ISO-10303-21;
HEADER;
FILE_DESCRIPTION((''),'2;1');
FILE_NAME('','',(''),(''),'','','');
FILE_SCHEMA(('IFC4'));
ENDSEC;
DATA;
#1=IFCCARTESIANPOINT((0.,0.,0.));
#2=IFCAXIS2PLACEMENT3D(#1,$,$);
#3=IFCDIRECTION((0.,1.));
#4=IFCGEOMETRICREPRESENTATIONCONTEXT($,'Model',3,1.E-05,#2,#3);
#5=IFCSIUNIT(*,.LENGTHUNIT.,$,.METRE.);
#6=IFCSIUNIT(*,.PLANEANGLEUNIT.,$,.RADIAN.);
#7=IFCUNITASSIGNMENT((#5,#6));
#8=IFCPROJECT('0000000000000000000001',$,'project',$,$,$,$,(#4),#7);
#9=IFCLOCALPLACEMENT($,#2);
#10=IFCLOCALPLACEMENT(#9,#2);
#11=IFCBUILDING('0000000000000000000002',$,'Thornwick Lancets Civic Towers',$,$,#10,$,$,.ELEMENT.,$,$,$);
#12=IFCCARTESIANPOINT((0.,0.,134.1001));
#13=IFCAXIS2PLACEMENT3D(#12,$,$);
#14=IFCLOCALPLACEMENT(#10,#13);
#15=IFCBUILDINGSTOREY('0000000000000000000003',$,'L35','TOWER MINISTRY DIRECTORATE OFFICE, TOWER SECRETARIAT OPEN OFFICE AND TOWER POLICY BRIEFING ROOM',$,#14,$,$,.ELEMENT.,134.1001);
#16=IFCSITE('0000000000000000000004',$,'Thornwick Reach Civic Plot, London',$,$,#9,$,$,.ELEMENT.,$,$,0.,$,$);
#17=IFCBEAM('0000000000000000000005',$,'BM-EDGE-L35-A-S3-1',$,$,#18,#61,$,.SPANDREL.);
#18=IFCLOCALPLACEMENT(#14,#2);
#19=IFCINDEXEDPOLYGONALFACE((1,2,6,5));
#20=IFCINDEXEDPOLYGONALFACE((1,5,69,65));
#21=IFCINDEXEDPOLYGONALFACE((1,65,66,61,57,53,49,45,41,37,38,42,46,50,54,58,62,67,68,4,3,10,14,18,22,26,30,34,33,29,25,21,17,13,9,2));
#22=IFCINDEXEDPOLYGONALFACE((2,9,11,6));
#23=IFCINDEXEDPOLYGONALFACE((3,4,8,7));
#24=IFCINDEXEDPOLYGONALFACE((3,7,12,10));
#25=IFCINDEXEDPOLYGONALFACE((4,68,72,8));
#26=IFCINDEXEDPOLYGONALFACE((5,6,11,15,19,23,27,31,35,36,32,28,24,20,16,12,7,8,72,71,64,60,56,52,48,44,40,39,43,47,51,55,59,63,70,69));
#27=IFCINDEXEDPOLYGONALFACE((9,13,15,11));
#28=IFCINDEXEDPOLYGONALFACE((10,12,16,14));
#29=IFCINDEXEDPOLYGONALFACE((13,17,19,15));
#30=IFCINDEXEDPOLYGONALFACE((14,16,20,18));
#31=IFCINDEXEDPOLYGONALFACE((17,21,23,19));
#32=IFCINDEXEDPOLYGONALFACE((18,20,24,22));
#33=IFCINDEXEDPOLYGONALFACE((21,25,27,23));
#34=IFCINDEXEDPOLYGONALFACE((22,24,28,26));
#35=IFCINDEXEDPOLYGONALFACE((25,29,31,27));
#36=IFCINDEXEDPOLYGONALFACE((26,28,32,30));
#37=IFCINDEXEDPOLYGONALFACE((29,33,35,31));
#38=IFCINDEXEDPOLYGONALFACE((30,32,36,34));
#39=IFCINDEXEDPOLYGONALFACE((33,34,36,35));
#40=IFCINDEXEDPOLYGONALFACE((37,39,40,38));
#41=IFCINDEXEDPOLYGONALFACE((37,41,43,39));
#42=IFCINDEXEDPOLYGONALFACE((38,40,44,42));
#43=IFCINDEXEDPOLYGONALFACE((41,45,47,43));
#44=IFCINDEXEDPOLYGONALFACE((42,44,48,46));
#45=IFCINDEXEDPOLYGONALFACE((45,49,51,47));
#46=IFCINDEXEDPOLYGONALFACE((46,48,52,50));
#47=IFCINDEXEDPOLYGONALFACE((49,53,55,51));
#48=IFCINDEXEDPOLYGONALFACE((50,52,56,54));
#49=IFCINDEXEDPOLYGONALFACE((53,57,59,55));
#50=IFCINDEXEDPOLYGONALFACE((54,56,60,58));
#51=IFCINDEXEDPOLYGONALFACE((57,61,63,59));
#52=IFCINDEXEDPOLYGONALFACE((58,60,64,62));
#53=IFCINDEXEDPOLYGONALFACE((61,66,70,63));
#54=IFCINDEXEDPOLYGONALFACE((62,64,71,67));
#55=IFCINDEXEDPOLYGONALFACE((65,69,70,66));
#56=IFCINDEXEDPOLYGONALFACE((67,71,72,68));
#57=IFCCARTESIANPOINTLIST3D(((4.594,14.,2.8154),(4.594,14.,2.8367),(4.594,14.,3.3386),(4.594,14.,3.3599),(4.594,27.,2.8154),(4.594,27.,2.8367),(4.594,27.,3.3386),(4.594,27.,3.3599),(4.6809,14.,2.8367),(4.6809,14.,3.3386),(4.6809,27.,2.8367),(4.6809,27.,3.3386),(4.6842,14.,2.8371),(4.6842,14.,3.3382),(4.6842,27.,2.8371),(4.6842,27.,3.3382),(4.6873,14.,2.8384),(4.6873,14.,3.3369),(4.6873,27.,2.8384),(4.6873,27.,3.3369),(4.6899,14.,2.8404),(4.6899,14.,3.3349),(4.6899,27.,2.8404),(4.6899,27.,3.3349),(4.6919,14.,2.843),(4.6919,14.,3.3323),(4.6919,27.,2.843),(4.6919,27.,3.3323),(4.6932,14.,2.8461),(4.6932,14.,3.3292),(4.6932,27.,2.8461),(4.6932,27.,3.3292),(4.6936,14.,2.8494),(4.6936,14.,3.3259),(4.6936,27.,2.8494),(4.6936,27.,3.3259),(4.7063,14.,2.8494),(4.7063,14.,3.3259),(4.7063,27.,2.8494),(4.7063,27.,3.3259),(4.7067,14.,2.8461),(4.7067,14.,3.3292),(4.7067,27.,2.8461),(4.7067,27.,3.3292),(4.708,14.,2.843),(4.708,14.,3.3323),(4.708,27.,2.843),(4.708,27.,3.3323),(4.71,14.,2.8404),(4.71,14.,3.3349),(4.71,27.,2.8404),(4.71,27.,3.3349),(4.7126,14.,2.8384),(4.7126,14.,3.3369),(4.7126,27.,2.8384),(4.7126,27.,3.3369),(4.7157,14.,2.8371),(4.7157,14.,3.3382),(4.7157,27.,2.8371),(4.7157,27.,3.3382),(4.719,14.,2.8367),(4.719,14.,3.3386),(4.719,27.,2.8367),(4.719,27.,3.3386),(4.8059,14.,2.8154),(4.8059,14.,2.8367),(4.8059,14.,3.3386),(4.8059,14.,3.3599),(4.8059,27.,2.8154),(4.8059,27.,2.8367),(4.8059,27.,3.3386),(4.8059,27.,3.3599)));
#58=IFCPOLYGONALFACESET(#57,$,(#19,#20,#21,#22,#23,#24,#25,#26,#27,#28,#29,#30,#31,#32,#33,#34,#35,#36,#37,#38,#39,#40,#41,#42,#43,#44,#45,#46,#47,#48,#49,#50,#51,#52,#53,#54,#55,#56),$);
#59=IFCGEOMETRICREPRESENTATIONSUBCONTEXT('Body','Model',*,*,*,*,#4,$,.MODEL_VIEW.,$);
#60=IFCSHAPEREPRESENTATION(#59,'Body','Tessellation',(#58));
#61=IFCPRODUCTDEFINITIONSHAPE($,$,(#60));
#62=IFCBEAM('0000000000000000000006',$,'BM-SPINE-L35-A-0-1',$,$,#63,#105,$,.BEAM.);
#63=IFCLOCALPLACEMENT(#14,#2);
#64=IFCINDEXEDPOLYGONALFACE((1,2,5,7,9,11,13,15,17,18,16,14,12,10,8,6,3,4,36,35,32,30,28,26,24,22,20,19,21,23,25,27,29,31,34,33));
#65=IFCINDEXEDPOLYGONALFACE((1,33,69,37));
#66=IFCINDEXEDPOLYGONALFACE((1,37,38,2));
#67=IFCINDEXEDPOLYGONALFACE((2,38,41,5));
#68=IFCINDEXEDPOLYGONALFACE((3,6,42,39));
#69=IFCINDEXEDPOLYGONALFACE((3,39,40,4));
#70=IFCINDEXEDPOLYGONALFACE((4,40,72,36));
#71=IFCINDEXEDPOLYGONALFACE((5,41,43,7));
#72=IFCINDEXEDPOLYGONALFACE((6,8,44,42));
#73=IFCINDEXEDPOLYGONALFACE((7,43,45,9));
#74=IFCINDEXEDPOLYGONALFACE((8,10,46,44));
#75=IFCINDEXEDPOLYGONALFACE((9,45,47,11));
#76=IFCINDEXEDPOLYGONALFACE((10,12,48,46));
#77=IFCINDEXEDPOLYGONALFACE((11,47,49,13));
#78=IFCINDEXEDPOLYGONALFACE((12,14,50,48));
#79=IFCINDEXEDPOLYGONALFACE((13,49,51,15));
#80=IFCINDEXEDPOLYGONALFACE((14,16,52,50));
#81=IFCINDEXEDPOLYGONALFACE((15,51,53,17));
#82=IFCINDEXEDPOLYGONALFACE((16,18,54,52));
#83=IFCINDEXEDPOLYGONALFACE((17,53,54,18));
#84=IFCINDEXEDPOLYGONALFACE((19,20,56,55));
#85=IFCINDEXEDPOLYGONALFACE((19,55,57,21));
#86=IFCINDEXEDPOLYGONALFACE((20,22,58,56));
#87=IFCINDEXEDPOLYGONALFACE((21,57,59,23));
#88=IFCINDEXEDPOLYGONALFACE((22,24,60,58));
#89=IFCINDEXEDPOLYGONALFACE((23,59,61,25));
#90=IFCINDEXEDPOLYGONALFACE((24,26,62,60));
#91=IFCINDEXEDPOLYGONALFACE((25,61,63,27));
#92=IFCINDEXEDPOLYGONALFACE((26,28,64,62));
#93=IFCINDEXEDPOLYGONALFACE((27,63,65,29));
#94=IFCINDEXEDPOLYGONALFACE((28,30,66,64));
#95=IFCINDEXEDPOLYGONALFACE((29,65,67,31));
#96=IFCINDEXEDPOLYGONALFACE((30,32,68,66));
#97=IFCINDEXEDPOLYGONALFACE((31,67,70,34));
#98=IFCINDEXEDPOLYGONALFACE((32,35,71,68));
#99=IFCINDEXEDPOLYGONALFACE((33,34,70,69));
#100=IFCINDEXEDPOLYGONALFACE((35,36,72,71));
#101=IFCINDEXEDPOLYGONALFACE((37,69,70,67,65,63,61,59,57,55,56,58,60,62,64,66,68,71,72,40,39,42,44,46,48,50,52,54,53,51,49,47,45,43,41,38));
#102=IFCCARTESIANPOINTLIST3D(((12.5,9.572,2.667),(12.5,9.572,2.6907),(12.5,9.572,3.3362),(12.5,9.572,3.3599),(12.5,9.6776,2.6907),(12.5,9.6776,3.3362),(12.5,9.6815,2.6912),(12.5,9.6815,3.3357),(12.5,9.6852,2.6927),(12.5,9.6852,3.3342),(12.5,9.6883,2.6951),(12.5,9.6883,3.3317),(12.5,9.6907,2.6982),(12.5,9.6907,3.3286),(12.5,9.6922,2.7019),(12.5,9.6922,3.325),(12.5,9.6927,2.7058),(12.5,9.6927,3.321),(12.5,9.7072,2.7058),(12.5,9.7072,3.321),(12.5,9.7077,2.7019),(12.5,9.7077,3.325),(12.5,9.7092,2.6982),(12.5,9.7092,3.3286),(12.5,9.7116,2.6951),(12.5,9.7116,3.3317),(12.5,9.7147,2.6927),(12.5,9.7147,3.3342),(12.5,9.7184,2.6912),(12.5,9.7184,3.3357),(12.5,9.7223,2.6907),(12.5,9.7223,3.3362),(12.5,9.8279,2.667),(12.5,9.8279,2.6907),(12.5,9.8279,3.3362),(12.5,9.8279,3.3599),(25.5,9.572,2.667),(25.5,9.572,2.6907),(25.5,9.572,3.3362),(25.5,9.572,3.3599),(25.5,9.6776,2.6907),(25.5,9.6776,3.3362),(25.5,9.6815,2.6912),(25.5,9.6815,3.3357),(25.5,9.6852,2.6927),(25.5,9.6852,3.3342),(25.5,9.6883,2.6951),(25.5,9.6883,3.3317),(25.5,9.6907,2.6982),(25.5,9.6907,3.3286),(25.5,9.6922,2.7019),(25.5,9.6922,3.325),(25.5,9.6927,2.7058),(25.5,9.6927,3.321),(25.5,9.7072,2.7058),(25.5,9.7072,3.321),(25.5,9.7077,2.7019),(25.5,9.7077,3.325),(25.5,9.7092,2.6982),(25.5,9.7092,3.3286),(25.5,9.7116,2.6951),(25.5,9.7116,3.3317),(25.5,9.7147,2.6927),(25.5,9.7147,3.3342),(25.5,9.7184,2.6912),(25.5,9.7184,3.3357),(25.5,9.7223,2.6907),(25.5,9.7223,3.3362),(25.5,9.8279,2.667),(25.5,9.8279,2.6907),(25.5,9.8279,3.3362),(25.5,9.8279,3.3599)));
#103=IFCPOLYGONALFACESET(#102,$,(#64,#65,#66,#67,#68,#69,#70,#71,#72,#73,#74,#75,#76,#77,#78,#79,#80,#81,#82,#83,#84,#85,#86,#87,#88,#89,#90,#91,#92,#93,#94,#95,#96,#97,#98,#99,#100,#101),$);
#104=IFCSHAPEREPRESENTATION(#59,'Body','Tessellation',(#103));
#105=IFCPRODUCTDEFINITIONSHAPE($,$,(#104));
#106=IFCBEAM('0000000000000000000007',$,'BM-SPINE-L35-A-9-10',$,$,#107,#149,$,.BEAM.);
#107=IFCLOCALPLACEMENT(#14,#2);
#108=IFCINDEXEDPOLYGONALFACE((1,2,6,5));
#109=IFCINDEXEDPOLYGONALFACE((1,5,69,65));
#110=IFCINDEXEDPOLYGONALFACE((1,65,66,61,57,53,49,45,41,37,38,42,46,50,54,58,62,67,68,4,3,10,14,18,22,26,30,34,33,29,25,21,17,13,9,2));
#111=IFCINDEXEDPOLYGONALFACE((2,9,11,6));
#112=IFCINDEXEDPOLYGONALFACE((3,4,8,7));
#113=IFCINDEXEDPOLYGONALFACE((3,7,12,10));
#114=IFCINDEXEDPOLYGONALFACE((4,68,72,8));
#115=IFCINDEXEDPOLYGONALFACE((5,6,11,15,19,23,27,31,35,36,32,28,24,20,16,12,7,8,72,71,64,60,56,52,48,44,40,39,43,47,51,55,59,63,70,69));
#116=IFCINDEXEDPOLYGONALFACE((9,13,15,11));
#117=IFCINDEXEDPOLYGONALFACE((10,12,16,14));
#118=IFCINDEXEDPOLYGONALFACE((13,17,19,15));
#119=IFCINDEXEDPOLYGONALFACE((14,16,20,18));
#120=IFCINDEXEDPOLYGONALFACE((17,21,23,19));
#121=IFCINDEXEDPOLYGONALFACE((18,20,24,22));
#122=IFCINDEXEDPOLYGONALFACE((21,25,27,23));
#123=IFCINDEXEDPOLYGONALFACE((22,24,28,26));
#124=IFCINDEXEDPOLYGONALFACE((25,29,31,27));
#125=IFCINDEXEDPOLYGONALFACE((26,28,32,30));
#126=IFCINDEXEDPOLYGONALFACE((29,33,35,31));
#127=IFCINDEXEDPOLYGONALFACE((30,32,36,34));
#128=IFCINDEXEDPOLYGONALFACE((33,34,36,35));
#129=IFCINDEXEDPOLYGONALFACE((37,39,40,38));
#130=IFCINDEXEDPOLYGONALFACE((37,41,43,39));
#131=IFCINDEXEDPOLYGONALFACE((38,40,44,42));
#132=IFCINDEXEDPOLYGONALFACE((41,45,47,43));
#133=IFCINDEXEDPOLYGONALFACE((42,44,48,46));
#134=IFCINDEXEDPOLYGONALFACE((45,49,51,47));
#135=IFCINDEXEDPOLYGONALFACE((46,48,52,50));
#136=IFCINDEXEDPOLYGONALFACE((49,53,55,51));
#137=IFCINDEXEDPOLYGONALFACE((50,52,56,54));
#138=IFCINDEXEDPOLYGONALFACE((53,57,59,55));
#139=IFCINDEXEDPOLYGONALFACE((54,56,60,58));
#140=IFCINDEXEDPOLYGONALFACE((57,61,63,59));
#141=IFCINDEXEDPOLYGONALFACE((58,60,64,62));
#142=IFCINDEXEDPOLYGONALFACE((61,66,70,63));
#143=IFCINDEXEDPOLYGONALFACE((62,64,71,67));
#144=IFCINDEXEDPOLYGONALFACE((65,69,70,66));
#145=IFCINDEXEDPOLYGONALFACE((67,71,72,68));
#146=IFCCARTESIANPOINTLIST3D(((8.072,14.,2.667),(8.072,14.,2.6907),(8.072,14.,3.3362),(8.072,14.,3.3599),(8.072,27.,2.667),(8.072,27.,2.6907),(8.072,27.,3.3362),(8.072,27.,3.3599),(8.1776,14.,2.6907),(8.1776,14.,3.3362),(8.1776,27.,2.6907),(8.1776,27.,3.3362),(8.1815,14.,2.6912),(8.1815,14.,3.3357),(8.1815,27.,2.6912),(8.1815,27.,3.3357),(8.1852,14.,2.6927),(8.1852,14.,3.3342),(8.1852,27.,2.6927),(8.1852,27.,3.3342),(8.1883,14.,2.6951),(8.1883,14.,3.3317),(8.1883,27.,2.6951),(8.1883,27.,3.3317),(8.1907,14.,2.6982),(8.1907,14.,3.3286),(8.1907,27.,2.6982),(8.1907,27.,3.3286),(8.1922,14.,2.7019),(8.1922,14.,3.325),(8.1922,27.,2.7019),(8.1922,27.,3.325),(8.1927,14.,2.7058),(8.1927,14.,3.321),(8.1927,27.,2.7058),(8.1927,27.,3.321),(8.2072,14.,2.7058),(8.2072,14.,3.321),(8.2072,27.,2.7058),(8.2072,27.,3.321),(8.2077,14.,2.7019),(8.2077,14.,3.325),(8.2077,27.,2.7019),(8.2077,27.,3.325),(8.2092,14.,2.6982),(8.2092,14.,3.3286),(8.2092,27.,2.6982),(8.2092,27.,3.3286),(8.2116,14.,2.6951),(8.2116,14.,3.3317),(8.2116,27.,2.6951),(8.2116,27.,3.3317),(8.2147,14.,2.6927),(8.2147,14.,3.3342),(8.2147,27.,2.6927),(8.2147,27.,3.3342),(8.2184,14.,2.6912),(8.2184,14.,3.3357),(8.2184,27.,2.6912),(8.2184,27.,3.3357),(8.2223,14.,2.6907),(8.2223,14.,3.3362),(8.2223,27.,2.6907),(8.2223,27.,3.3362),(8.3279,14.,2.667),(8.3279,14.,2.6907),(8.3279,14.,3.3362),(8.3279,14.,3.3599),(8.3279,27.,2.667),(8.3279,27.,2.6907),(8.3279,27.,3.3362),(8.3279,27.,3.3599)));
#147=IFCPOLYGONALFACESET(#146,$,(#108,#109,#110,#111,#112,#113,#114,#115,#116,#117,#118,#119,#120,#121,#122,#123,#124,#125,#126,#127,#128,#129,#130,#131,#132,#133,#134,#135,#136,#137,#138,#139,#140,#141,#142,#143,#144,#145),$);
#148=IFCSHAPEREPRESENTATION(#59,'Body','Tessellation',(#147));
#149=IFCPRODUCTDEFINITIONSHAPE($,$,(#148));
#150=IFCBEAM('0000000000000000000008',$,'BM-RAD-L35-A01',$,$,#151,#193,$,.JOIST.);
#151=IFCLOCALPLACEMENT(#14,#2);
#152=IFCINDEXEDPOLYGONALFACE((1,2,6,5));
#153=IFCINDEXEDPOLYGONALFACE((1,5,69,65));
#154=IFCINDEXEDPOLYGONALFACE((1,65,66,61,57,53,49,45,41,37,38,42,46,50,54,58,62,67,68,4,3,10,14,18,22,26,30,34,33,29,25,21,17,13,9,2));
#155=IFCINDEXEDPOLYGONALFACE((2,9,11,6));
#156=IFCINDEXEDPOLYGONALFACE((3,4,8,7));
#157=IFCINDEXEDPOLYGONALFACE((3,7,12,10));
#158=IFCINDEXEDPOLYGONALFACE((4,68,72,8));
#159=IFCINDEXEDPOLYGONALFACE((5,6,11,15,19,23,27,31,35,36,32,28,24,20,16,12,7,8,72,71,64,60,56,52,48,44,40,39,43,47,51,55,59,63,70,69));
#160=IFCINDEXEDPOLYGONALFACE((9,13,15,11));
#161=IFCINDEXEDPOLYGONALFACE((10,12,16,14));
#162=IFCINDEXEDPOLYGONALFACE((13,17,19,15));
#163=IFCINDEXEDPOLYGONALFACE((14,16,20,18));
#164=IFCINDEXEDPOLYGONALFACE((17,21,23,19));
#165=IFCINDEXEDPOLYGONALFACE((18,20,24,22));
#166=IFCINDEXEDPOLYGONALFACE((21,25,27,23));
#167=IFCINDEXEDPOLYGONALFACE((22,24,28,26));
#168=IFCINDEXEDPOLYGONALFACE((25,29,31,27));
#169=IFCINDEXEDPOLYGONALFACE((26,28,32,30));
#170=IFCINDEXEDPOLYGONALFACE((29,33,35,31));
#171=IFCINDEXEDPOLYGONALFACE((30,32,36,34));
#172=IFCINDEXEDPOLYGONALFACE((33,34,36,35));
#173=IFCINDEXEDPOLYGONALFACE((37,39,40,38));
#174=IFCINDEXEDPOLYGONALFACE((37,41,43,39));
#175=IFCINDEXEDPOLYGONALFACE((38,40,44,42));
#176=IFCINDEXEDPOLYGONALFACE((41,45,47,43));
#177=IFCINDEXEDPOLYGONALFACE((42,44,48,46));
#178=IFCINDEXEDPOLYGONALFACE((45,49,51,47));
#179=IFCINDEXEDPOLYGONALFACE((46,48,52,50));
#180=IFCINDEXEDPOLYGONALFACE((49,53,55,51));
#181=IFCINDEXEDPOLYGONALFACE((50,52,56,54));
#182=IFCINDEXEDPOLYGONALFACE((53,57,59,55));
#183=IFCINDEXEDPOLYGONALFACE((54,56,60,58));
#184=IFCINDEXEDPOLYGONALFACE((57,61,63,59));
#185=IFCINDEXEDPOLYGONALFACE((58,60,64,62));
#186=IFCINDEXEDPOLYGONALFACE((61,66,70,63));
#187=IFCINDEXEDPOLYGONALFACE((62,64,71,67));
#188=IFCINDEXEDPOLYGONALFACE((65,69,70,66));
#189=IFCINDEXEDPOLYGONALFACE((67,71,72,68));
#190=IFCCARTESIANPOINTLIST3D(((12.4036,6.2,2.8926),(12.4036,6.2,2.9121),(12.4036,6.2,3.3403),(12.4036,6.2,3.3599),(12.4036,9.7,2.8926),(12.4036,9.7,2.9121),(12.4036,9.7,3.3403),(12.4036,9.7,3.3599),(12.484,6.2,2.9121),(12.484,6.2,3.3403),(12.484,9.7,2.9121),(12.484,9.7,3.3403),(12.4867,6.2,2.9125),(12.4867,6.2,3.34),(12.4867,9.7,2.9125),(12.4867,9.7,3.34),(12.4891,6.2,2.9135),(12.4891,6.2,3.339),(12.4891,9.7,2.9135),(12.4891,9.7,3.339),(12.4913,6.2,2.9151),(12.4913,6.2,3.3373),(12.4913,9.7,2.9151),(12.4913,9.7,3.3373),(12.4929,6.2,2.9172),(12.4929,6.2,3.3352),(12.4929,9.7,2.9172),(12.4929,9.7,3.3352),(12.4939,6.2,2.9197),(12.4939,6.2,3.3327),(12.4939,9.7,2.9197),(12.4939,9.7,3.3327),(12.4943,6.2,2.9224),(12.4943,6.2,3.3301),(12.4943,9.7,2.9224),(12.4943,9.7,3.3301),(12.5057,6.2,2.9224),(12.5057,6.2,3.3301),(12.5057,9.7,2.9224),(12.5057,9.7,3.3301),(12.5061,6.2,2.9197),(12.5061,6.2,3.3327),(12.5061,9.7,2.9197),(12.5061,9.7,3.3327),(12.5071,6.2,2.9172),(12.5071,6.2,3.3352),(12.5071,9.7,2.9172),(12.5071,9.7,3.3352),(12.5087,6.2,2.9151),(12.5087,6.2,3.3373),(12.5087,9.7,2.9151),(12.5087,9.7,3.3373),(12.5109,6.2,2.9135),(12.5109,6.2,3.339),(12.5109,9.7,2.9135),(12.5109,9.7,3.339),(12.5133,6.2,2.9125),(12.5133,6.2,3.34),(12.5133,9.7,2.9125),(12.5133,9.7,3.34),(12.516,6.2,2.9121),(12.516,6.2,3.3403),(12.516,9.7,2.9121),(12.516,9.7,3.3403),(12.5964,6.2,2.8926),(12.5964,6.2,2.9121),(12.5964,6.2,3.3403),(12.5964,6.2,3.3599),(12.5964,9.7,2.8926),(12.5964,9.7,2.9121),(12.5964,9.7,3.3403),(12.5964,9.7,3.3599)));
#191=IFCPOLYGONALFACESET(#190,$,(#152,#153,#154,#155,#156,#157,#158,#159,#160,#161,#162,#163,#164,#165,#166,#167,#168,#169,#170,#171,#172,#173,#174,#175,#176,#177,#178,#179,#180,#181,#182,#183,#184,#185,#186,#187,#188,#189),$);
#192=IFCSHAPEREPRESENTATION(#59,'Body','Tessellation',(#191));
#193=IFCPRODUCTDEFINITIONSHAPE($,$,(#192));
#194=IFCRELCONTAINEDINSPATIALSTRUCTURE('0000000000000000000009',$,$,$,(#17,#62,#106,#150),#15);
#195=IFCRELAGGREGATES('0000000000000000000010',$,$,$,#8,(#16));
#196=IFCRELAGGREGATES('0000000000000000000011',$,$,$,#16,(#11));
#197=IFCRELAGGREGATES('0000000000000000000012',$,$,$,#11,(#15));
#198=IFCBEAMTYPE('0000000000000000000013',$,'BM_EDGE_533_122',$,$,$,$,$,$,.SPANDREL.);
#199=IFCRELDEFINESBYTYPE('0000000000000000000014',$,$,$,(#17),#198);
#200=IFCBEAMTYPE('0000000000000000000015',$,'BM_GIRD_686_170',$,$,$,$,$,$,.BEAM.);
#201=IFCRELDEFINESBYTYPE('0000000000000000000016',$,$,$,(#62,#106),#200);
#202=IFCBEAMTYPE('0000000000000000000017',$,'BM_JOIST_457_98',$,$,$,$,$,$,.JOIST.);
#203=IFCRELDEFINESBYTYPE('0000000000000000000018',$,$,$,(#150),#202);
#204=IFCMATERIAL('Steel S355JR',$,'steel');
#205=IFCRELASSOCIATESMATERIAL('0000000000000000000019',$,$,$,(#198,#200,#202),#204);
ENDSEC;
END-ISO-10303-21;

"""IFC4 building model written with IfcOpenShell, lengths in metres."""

from ifc_helpers import new_model, si_unit, direction, frame, origin, origin_2d, place, context, subcontext, project, spatial, i_section, extrude, material, material_profile, profile_set, type_object, element, save


model = new_model("IFC4")

# Units and contexts
model_context = context("Model", 3, precision=1e-05, world=origin(), true_north=direction((0.0, 1.0)))
body_context = subcontext(model_context, "Body", "Model", "MODEL_VIEW")
ifc_project = project(units=[si_unit("LENGTHUNIT", "METRE"), si_unit("PLANEANGLEUNIT", "RADIAN")], contexts=[model_context])

# Site, building, storey
site_placement = place(None, origin())
site = spatial("IfcSite", under=ifc_project, at=site_placement, Name="Thornwick Reach Civic Plot, London", CompositionType="ELEMENT", RefElevation=0.0)
building_placement = place(site_placement, origin())
building = spatial("IfcBuilding", under=site, at=building_placement, Name="Thornwick Lancets Civic Towers", CompositionType="ELEMENT")
storey_placement = place(building_placement, frame((0.0, 0.0, 134.1001)))
storey = spatial("IfcBuildingStorey", under=building, at=storey_placement, Name="L35", Description="TOWER MINISTRY DIRECTORATE OFFICE, TOWER SECRETARIAT OPEN OFFICE AND TOWER POLICY BRIEFING ROOM", CompositionType="ELEMENT", Elevation=134.1001)

# Beams
ifc_material_1 = material(Name="Steel S355JR", Category="steel")
ifc_material_profile_1 = material_profile(ifc_material_1, i_section(OverallWidth=0.2119, OverallDepth=0.5444, WebThickness=0.0127, FlangeThickness=0.0212, FilletRadius=0.0127, at=origin_2d()), Name="UKB 533x210x122")
ifc_profile_set_1 = profile_set([ifc_material_profile_1], Name="Steel S355JR")
beam_type_1 = type_object("IfcBeamType", Name="BM_EDGE_533_122", PredefinedType="SPANDREL", material=ifc_profile_set_1)
for number, where, z_axis, x_axis, name in (
    (1, (4.7, 14.0, 3.0876), (0.0, 1.0, 0.0), (-1.0, 0.0, 0.0), "BM-EDGE-L35-A-S3-1"),
):
    element("IfcBeam", number, at=place(storey_placement, frame(where, z_axis=z_axis, x_axis=x_axis)), inside=storey, type_object=beam_type_1, Name=name, PredefinedType="SPANDREL", context=body_context, shape_type="SweptSolid", body=[
        extrude(i_section(OverallWidth=0.2119, OverallDepth=0.5444, WebThickness=0.0127, FlangeThickness=0.0212, FilletRadius=0.0127, at=origin_2d()), origin(), (0.0, 0.0, 1.0), 13.0),
    ])
ifc_material_profile_2 = material_profile(ifc_material_1, i_section(OverallWidth=0.2559, OverallDepth=0.6929, WebThickness=0.0144, FlangeThickness=0.0237, FilletRadius=0.0151, at=origin_2d()), Name="UKB 686x254x170")
ifc_profile_set_2 = profile_set([ifc_material_profile_2], Name="Steel S355JR")
beam_type_2 = type_object("IfcBeamType", Name="BM_GIRD_686_170", PredefinedType="BEAM", material=ifc_profile_set_2)
for number, where, z_axis, x_axis, name in (
    (2, (12.5, 9.7, 3.0134), (1.0, 0.0, 0.0), (0.0, 1.0, 0.0), "BM-SPINE-L35-A-0-1"),
    (3, (8.2, 14.0, 3.0134), (0.0, 1.0, 0.0), (-1.0, 0.0, 0.0), "BM-SPINE-L35-A-9-10"),
):
    element("IfcBeam", number, at=place(storey_placement, frame(where, z_axis=z_axis, x_axis=x_axis)), inside=storey, type_object=beam_type_2, Name=name, PredefinedType="BEAM", context=body_context, shape_type="SweptSolid", body=[
        extrude(i_section(OverallWidth=0.2559, OverallDepth=0.6929, WebThickness=0.0144, FlangeThickness=0.0237, FilletRadius=0.0151, at=origin_2d()), origin(), (0.0, 0.0, 1.0), 13.0),
    ])
ifc_material_profile_3 = material_profile(ifc_material_1, i_section(OverallWidth=0.1929, OverallDepth=0.4673, WebThickness=0.0115, FlangeThickness=0.0195, FilletRadius=0.0103, at=origin_2d()), Name="UKB 457x191x98")
ifc_profile_set_3 = profile_set([ifc_material_profile_3], Name="Steel S355JR")
beam_type_3 = type_object("IfcBeamType", Name="BM_JOIST_457_98", PredefinedType="JOIST", material=ifc_profile_set_3)
for number, where, z_axis, x_axis, name in (
    (4, (12.5, 9.7, 3.1262), (0.0, -1.0, 0.0), (1.0, 0.0, 0.0), "BM-RAD-L35-A01"),
):
    element("IfcBeam", number, at=place(storey_placement, frame(where, z_axis=z_axis, x_axis=x_axis)), inside=storey, type_object=beam_type_3, Name=name, PredefinedType="JOIST", context=body_context, shape_type="SweptSolid", body=[
        extrude(i_section(OverallWidth=0.1929, OverallDepth=0.4673, WebThickness=0.0115, FlangeThickness=0.0195, FilletRadius=0.0103, at=origin_2d()), origin(), (0.0, 0.0, 1.0), 3.5),
    ])

save(model, "model.ifc")
